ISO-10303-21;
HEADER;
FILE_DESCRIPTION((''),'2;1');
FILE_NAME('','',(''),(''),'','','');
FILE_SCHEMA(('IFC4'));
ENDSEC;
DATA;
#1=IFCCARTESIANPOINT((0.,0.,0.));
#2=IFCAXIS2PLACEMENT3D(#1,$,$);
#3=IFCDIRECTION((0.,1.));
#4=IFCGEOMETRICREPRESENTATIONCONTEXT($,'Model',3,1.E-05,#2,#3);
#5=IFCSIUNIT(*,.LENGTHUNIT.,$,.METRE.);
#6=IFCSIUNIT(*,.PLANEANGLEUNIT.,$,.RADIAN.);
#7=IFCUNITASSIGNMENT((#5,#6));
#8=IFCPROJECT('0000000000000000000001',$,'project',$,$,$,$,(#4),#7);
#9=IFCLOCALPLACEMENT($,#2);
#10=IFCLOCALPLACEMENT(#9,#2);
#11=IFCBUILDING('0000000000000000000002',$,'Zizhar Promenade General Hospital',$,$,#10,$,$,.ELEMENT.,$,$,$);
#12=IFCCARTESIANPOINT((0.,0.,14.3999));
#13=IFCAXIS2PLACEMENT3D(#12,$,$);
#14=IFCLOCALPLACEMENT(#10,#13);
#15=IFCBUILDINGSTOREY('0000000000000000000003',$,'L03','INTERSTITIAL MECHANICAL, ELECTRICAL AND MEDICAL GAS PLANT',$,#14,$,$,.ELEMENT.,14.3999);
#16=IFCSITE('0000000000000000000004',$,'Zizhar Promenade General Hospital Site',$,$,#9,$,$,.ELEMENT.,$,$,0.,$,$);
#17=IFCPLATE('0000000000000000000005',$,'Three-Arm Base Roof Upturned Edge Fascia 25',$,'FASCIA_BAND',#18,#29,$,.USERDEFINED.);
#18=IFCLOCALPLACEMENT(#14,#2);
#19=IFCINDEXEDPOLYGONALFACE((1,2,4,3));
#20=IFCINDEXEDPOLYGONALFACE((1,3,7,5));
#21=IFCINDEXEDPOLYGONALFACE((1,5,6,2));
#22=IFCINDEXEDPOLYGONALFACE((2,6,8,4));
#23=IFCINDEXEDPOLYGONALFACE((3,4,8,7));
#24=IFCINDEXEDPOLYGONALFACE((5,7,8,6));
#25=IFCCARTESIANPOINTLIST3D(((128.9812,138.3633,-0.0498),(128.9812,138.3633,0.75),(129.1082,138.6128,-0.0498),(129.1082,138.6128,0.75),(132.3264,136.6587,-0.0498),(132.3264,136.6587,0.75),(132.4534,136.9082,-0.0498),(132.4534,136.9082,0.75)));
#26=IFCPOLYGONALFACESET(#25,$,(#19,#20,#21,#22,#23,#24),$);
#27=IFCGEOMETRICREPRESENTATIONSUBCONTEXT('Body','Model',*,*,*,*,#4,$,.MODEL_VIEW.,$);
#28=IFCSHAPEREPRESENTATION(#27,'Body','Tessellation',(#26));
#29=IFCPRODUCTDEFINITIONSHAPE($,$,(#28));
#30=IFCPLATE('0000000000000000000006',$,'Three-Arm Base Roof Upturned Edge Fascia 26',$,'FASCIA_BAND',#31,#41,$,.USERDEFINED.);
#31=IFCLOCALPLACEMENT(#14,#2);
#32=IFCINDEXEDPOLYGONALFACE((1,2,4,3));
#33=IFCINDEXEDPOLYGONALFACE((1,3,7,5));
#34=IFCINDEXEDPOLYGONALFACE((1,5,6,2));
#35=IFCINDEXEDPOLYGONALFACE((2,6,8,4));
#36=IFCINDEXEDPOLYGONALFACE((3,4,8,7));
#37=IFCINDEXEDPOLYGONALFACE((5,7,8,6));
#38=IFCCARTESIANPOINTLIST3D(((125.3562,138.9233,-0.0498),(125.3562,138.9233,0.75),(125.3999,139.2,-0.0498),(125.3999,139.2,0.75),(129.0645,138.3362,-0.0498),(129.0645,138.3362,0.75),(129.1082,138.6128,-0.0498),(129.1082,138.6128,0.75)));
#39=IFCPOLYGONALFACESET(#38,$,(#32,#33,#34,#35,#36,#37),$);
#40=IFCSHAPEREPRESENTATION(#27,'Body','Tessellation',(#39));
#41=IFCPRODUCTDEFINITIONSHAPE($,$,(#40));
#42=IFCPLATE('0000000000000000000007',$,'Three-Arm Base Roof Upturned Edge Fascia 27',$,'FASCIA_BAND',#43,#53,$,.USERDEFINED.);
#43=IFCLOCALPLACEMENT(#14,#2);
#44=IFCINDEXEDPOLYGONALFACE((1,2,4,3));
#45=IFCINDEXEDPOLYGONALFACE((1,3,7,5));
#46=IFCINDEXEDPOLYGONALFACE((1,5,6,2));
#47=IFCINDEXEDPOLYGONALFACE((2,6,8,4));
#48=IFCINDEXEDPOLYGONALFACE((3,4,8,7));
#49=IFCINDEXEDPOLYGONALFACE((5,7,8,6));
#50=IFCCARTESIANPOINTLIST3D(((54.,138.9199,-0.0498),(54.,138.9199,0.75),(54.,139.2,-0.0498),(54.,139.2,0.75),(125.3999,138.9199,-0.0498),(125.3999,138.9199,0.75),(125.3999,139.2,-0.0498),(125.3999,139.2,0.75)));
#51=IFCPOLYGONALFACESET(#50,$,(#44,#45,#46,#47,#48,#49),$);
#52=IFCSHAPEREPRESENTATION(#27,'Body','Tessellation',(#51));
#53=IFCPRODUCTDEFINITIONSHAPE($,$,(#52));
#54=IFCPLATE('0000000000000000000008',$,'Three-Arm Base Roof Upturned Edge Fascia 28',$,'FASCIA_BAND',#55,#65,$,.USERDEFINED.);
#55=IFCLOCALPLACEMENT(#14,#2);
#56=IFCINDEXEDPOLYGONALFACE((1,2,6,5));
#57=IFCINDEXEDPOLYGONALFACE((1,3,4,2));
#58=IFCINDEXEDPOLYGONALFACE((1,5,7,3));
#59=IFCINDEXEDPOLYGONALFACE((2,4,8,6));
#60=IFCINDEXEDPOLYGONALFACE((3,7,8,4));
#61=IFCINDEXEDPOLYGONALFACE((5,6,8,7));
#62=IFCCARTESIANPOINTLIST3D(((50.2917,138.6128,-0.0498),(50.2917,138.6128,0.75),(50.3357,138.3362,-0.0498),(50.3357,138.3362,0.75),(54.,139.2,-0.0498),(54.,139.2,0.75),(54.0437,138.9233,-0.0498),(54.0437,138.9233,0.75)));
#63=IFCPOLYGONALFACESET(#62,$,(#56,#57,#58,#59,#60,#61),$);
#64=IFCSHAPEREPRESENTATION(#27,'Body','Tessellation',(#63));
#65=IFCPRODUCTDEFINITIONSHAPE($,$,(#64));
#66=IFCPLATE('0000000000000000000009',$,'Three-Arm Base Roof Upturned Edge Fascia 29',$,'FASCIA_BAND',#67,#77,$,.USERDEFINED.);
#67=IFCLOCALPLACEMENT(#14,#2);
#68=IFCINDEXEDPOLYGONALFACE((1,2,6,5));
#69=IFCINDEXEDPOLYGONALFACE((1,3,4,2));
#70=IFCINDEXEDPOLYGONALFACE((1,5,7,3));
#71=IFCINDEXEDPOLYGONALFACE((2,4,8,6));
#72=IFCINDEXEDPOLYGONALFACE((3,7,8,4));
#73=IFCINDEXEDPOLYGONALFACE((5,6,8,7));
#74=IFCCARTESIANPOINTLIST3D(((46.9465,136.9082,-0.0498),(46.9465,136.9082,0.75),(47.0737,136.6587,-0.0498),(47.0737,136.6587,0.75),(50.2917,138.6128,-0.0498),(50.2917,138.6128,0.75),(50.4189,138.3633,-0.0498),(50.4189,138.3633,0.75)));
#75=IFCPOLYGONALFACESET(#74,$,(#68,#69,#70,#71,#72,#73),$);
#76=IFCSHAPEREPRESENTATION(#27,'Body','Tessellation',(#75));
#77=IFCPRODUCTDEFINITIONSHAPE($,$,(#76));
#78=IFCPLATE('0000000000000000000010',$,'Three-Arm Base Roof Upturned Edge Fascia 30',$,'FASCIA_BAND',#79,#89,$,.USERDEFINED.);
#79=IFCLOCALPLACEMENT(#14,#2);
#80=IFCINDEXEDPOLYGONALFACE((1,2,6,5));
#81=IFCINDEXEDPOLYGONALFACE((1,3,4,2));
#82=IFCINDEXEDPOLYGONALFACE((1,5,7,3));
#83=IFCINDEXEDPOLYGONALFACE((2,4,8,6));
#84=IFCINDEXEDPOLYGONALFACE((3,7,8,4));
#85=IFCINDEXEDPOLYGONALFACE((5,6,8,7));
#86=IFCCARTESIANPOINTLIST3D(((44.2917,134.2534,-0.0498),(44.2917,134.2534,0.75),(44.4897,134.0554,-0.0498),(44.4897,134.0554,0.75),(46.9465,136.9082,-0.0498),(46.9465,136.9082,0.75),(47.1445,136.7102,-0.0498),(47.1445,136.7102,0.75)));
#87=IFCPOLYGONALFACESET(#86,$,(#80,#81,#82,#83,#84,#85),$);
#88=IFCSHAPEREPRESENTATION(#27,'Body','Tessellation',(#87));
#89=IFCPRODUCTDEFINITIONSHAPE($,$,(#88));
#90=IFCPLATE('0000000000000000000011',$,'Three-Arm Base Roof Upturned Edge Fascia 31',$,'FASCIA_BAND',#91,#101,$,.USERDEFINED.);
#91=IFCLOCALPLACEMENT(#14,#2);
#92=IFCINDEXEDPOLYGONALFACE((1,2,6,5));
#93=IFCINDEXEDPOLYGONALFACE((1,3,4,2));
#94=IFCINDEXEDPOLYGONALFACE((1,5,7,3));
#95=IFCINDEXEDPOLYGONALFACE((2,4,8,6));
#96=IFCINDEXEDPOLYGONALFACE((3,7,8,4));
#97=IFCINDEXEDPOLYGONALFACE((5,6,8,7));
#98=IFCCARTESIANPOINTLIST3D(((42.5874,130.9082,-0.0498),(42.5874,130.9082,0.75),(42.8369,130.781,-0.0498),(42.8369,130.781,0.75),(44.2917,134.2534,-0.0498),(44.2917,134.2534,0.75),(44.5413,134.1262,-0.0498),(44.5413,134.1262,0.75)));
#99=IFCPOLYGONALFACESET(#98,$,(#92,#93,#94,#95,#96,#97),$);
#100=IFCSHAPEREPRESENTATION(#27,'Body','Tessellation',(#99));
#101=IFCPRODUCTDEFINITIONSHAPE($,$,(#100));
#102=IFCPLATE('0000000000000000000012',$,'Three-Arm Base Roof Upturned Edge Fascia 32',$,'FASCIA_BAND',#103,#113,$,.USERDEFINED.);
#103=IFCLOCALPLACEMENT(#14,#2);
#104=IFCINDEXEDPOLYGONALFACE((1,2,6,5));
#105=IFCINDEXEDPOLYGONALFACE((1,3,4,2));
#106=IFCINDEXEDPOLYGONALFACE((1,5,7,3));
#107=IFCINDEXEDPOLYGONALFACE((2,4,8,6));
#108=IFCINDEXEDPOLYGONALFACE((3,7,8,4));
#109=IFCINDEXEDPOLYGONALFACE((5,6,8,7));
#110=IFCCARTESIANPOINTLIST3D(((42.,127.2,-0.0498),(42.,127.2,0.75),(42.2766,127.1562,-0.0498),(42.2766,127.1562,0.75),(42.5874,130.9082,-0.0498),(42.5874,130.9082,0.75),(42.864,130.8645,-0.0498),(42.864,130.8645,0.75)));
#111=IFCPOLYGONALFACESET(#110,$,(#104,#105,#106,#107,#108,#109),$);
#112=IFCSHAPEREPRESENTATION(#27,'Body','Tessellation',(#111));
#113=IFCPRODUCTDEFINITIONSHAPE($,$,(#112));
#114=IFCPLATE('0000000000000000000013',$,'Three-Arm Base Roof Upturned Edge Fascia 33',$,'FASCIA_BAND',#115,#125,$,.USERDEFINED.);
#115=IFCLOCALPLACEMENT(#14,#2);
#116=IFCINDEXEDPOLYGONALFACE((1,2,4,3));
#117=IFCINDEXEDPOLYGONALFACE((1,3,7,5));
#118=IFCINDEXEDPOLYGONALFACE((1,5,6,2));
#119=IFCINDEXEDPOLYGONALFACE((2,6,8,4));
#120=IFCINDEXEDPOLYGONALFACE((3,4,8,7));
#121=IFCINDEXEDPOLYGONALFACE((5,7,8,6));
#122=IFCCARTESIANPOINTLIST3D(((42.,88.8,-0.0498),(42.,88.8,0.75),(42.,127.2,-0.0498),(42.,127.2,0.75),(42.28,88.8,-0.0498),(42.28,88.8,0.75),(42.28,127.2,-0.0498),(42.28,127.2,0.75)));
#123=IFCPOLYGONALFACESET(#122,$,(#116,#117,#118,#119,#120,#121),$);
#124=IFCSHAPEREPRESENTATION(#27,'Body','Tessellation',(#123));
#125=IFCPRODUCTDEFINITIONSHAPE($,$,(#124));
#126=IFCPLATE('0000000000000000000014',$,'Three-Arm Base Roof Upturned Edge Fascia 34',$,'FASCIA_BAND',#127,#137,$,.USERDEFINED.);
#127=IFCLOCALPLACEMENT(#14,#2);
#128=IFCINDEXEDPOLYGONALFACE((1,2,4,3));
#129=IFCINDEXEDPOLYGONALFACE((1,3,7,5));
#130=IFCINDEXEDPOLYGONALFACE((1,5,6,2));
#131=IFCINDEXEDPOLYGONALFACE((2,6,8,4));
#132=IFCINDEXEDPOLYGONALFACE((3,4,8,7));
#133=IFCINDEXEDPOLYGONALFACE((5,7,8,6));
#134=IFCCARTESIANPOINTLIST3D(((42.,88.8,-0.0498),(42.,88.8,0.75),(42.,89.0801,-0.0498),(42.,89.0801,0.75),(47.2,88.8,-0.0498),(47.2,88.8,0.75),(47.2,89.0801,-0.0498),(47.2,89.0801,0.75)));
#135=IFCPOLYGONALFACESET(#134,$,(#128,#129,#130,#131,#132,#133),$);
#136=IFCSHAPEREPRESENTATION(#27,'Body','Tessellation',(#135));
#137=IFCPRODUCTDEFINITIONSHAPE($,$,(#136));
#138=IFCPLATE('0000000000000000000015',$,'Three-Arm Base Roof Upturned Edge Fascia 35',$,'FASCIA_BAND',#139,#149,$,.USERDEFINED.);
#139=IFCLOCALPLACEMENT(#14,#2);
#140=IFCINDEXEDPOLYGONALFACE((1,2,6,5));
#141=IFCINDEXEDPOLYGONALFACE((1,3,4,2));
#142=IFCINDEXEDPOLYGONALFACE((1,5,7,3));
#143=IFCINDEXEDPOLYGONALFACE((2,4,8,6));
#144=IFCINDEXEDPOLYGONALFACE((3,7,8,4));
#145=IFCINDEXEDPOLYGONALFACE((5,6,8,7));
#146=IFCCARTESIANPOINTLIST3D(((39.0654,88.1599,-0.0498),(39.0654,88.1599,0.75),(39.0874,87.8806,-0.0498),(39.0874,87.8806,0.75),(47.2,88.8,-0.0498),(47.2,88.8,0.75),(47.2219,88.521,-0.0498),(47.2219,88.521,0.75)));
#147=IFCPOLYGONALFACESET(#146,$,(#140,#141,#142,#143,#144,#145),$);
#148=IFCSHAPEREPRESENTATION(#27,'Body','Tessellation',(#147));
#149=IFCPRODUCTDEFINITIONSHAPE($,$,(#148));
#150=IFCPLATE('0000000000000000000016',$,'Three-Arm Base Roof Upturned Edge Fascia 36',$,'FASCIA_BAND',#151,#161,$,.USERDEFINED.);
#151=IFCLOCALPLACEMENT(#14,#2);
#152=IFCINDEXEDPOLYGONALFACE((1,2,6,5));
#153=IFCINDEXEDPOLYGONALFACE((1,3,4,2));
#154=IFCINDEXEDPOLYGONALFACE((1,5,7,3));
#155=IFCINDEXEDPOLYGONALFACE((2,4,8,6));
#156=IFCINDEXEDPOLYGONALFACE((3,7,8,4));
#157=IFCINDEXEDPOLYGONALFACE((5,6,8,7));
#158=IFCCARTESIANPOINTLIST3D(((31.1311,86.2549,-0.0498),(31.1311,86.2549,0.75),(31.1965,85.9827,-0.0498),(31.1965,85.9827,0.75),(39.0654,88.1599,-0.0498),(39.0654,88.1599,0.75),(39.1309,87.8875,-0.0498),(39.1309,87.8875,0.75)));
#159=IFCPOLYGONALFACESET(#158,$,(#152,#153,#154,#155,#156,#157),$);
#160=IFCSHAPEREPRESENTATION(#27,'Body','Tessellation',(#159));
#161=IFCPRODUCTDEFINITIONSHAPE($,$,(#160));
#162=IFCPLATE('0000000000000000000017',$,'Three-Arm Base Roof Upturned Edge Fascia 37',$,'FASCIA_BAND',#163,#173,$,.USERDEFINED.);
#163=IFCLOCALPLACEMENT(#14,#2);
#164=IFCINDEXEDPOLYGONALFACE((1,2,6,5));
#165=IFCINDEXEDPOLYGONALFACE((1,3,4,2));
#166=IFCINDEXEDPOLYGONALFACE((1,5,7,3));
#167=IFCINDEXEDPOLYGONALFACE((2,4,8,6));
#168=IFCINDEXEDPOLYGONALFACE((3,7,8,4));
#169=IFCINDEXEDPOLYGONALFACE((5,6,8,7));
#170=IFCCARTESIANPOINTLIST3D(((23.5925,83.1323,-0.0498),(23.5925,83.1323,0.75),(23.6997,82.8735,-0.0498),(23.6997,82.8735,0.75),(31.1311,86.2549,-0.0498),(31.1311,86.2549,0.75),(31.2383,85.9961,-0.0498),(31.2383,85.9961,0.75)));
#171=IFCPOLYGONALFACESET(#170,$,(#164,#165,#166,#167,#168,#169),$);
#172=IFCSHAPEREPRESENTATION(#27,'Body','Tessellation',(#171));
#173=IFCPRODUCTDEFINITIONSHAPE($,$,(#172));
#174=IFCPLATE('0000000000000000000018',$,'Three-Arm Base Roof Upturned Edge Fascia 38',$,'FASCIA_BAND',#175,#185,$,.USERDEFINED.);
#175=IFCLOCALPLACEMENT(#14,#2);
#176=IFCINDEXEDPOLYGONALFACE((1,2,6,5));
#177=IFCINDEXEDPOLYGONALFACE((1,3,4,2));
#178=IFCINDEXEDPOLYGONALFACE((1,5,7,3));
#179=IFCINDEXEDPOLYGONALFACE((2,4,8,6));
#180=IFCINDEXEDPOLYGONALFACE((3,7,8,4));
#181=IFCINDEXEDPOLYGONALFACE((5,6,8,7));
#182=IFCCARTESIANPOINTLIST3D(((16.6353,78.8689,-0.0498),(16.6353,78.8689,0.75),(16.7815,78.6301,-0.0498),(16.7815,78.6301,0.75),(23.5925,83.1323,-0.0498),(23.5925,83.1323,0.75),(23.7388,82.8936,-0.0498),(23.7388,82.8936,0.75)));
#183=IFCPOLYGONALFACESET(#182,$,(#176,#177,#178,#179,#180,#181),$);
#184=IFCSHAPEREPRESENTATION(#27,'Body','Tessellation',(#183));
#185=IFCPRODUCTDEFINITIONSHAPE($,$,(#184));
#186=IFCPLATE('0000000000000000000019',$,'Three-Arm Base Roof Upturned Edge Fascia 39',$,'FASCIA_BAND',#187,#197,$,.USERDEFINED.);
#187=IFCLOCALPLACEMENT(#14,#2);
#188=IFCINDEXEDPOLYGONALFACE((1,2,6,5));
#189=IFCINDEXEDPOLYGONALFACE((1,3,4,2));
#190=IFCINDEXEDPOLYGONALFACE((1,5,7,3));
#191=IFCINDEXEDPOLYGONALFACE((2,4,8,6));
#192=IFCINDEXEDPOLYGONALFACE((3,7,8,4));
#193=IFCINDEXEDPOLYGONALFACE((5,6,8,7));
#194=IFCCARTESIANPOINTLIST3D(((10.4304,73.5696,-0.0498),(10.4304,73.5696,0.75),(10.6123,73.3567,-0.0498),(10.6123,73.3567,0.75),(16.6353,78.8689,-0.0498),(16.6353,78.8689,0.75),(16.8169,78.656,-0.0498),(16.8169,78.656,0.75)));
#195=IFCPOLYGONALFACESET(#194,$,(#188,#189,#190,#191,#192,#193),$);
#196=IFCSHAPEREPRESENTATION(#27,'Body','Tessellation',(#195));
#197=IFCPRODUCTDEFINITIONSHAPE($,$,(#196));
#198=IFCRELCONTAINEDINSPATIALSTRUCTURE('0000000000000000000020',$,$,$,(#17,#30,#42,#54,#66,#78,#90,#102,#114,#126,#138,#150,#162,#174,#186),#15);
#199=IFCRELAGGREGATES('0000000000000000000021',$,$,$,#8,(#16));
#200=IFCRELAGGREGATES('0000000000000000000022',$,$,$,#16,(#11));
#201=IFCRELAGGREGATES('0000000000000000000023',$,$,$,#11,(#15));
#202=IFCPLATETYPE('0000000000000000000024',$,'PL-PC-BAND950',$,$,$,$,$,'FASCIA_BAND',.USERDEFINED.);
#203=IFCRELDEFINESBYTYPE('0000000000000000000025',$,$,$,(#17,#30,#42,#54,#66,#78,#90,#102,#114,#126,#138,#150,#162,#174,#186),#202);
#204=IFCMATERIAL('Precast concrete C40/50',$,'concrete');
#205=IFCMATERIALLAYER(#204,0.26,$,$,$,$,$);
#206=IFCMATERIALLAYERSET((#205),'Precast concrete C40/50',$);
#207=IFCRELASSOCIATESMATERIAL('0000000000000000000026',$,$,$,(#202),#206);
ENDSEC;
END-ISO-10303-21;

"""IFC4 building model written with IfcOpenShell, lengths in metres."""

from ifc_helpers import new_model, si_unit, direction, frame, origin, place, context, subcontext, project, spatial, polyline, outline, extrude, material, layer, layer_set, type_object, element, save


model = new_model("IFC4")

# Units and contexts
model_context = context("Model", 3, precision=1e-05, world=origin(), true_north=direction((0.0, 1.0)))
body_context = subcontext(model_context, "Body", "Model", "MODEL_VIEW")
ifc_project = project(units=[si_unit("LENGTHUNIT", "METRE"), si_unit("PLANEANGLEUNIT", "RADIAN")], contexts=[model_context])

# Site, building, storey
site_placement = place(None, origin())
site = spatial("IfcSite", under=ifc_project, at=site_placement, Name="Zizhar Promenade General Hospital Site", CompositionType="ELEMENT", RefElevation=0.0)
building_placement = place(site_placement, origin())
building = spatial("IfcBuilding", under=site, at=building_placement, Name="Zizhar Promenade General Hospital", CompositionType="ELEMENT")
storey_placement = place(building_placement, frame((0.0, 0.0, 14.3999)))
storey = spatial("IfcBuildingStorey", under=building, at=storey_placement, Name="L03", Description="INTERSTITIAL MECHANICAL, ELECTRICAL AND MEDICAL GAS PLANT", CompositionType="ELEMENT", Elevation=14.3999)

# Plates
ifc_material_1 = material(Name="Precast concrete C40/50", Category="concrete")
ifc_layer_1 = layer(ifc_material_1, 0.26)
ifc_layer_set_1 = layer_set([ifc_layer_1], Name="Precast concrete C40/50")
plate_type = type_object("IfcPlateType", Name="PL-PC-BAND950", ElementType="FASCIA_BAND", PredefinedType="USERDEFINED", material=ifc_layer_set_1)
plate_1_placement = place(storey_placement, frame((0.0, 0.0, -0.0498)))
element("IfcPlate", 1, at=plate_1_placement, inside=storey, type_object=plate_type, Name="Three-Arm Base Roof Upturned Edge Fascia 25", ObjectType="FASCIA_BAND", PredefinedType="USERDEFINED", context=body_context, shape_type="SweptSolid", body=[
    extrude(outline(polyline([(132.4534, 136.9082), (129.1082, 138.6128), (128.9812, 138.3633), (132.3264, 136.6587), (132.4534, 136.9082)])), origin(), (0.0, 0.0, 1.0), 0.7998),
])
plate_2_placement = place(storey_placement, frame((0.0, 0.0, -0.0498)))
element("IfcPlate", 2, at=plate_2_placement, inside=storey, type_object=plate_type, Name="Three-Arm Base Roof Upturned Edge Fascia 26", ObjectType="FASCIA_BAND", PredefinedType="USERDEFINED", context=body_context, shape_type="SweptSolid", body=[
    extrude(outline(polyline([(129.1082, 138.6128), (125.3999, 139.2), (125.3562, 138.9233), (129.0645, 138.3362), (129.1082, 138.6128)])), origin(), (0.0, 0.0, 1.0), 0.7998),
])
plate_3_placement = place(storey_placement, frame((0.0, 0.0, -0.0498)))
element("IfcPlate", 3, at=plate_3_placement, inside=storey, type_object=plate_type, Name="Three-Arm Base Roof Upturned Edge Fascia 27", ObjectType="FASCIA_BAND", PredefinedType="USERDEFINED", context=body_context, shape_type="SweptSolid", body=[
    extrude(outline(polyline([(125.3999, 139.2), (54.0, 139.2), (54.0, 138.9199), (125.3999, 138.9199), (125.3999, 139.2)])), origin(), (0.0, 0.0, 1.0), 0.7998),
])
plate_4_placement = place(storey_placement, frame((0.0, 0.0, -0.0498)))
element("IfcPlate", 4, at=plate_4_placement, inside=storey, type_object=plate_type, Name="Three-Arm Base Roof Upturned Edge Fascia 28", ObjectType="FASCIA_BAND", PredefinedType="USERDEFINED", context=body_context, shape_type="SweptSolid", body=[
    extrude(outline(polyline([(54.0, 139.2), (50.2917, 138.6128), (50.3357, 138.3362), (54.0437, 138.9233), (54.0, 139.2)])), origin(), (0.0, 0.0, 1.0), 0.7998),
])
plate_5_placement = place(storey_placement, frame((0.0, 0.0, -0.0498)))
element("IfcPlate", 5, at=plate_5_placement, inside=storey, type_object=plate_type, Name="Three-Arm Base Roof Upturned Edge Fascia 29", ObjectType="FASCIA_BAND", PredefinedType="USERDEFINED", context=body_context, shape_type="SweptSolid", body=[
    extrude(outline(polyline([(50.2917, 138.6128), (46.9465, 136.9082), (47.0737, 136.6587), (50.4189, 138.3633), (50.2917, 138.6128)])), origin(), (0.0, 0.0, 1.0), 0.7998),
])
plate_6_placement = place(storey_placement, frame((0.0, 0.0, -0.0498)))
element("IfcPlate", 6, at=plate_6_placement, inside=storey, type_object=plate_type, Name="Three-Arm Base Roof Upturned Edge Fascia 30", ObjectType="FASCIA_BAND", PredefinedType="USERDEFINED", context=body_context, shape_type="SweptSolid", body=[
    extrude(outline(polyline([(46.9465, 136.9082), (44.2917, 134.2534), (44.4897, 134.0554), (47.1445, 136.7102), (46.9465, 136.9082)])), origin(), (0.0, 0.0, 1.0), 0.7998),
])
plate_7_placement = place(storey_placement, frame((0.0, 0.0, -0.0498)))
element("IfcPlate", 7, at=plate_7_placement, inside=storey, type_object=plate_type, Name="Three-Arm Base Roof Upturned Edge Fascia 31", ObjectType="FASCIA_BAND", PredefinedType="USERDEFINED", context=body_context, shape_type="SweptSolid", body=[
    extrude(outline(polyline([(44.2917, 134.2534), (42.5874, 130.9082), (42.8369, 130.781), (44.5413, 134.1262), (44.2917, 134.2534)])), origin(), (0.0, 0.0, 1.0), 0.7998),
])
plate_8_placement = place(storey_placement, frame((0.0, 0.0, -0.0498)))
element("IfcPlate", 8, at=plate_8_placement, inside=storey, type_object=plate_type, Name="Three-Arm Base Roof Upturned Edge Fascia 32", ObjectType="FASCIA_BAND", PredefinedType="USERDEFINED", context=body_context, shape_type="SweptSolid", body=[
    extrude(outline(polyline([(42.5874, 130.9082), (42.0, 127.2), (42.2766, 127.1562), (42.864, 130.8645), (42.5874, 130.9082)])), origin(), (0.0, 0.0, 1.0), 0.7998),
])
plate_9_placement = place(storey_placement, frame((0.0, 0.0, -0.0498)))
element("IfcPlate", 9, at=plate_9_placement, inside=storey, type_object=plate_type, Name="Three-Arm Base Roof Upturned Edge Fascia 33", ObjectType="FASCIA_BAND", PredefinedType="USERDEFINED", context=body_context, shape_type="SweptSolid", body=[
    extrude(outline(polyline([(42.0, 127.2), (42.0, 88.8), (42.28, 88.8), (42.28, 127.2), (42.0, 127.2)])), origin(), (0.0, 0.0, 1.0), 0.7998),
])
plate_10_placement = place(storey_placement, frame((0.0, 0.0, -0.0498)))
element("IfcPlate", 10, at=plate_10_placement, inside=storey, type_object=plate_type, Name="Three-Arm Base Roof Upturned Edge Fascia 34", ObjectType="FASCIA_BAND", PredefinedType="USERDEFINED", context=body_context, shape_type="SweptSolid", body=[
    extrude(outline(polyline([(42.0, 88.8), (47.2, 88.8), (47.2, 89.0801), (42.0, 89.0801), (42.0, 88.8)])), origin(), (0.0, 0.0, 1.0), 0.7998),
])
plate_11_placement = place(storey_placement, frame((0.0, 0.0, -0.0498)))
element("IfcPlate", 11, at=plate_11_placement, inside=storey, type_object=plate_type, Name="Three-Arm Base Roof Upturned Edge Fascia 35", ObjectType="FASCIA_BAND", PredefinedType="USERDEFINED", context=body_context, shape_type="SweptSolid", body=[
    extrude(outline(polyline([(47.2, 88.8), (39.0654, 88.1599), (39.0874, 87.8806), (47.2219, 88.521), (47.2, 88.8)])), origin(), (0.0, 0.0, 1.0), 0.7998),
])
plate_12_placement = place(storey_placement, frame((0.0, 0.0, -0.0498)))
element("IfcPlate", 12, at=plate_12_placement, inside=storey, type_object=plate_type, Name="Three-Arm Base Roof Upturned Edge Fascia 36", ObjectType="FASCIA_BAND", PredefinedType="USERDEFINED", context=body_context, shape_type="SweptSolid", body=[
    extrude(outline(polyline([(39.0654, 88.1599), (31.1311, 86.2549), (31.1965, 85.9827), (39.1309, 87.8875), (39.0654, 88.1599)])), origin(), (0.0, 0.0, 1.0), 0.7998),
])
plate_13_placement = place(storey_placement, frame((0.0, 0.0, -0.0498)))
element("IfcPlate", 13, at=plate_13_placement, inside=storey, type_object=plate_type, Name="Three-Arm Base Roof Upturned Edge Fascia 37", ObjectType="FASCIA_BAND", PredefinedType="USERDEFINED", context=body_context, shape_type="SweptSolid", body=[
    extrude(outline(polyline([(31.1311, 86.2549), (23.5925, 83.1323), (23.6997, 82.8735), (31.2383, 85.9961), (31.1311, 86.2549)])), origin(), (0.0, 0.0, 1.0), 0.7998),
])
plate_14_placement = place(storey_placement, frame((0.0, 0.0, -0.0498)))
element("IfcPlate", 14, at=plate_14_placement, inside=storey, type_object=plate_type, Name="Three-Arm Base Roof Upturned Edge Fascia 38", ObjectType="FASCIA_BAND", PredefinedType="USERDEFINED", context=body_context, shape_type="SweptSolid", body=[
    extrude(outline(polyline([(23.5925, 83.1323), (16.6353, 78.8689), (16.7815, 78.6301), (23.7388, 82.8936), (23.5925, 83.1323)])), origin(), (0.0, 0.0, 1.0), 0.7998),
])
plate_15_placement = place(storey_placement, frame((0.0, 0.0, -0.0498)))
element("IfcPlate", 15, at=plate_15_placement, inside=storey, type_object=plate_type, Name="Three-Arm Base Roof Upturned Edge Fascia 39", ObjectType="FASCIA_BAND", PredefinedType="USERDEFINED", context=body_context, shape_type="SweptSolid", body=[
    extrude(outline(polyline([(16.6353, 78.8689), (10.4304, 73.5696), (10.6123, 73.3567), (16.8169, 78.656), (16.6353, 78.8689)])), origin(), (0.0, 0.0, 1.0), 0.7998),
])

save(model, "model.ifc")
